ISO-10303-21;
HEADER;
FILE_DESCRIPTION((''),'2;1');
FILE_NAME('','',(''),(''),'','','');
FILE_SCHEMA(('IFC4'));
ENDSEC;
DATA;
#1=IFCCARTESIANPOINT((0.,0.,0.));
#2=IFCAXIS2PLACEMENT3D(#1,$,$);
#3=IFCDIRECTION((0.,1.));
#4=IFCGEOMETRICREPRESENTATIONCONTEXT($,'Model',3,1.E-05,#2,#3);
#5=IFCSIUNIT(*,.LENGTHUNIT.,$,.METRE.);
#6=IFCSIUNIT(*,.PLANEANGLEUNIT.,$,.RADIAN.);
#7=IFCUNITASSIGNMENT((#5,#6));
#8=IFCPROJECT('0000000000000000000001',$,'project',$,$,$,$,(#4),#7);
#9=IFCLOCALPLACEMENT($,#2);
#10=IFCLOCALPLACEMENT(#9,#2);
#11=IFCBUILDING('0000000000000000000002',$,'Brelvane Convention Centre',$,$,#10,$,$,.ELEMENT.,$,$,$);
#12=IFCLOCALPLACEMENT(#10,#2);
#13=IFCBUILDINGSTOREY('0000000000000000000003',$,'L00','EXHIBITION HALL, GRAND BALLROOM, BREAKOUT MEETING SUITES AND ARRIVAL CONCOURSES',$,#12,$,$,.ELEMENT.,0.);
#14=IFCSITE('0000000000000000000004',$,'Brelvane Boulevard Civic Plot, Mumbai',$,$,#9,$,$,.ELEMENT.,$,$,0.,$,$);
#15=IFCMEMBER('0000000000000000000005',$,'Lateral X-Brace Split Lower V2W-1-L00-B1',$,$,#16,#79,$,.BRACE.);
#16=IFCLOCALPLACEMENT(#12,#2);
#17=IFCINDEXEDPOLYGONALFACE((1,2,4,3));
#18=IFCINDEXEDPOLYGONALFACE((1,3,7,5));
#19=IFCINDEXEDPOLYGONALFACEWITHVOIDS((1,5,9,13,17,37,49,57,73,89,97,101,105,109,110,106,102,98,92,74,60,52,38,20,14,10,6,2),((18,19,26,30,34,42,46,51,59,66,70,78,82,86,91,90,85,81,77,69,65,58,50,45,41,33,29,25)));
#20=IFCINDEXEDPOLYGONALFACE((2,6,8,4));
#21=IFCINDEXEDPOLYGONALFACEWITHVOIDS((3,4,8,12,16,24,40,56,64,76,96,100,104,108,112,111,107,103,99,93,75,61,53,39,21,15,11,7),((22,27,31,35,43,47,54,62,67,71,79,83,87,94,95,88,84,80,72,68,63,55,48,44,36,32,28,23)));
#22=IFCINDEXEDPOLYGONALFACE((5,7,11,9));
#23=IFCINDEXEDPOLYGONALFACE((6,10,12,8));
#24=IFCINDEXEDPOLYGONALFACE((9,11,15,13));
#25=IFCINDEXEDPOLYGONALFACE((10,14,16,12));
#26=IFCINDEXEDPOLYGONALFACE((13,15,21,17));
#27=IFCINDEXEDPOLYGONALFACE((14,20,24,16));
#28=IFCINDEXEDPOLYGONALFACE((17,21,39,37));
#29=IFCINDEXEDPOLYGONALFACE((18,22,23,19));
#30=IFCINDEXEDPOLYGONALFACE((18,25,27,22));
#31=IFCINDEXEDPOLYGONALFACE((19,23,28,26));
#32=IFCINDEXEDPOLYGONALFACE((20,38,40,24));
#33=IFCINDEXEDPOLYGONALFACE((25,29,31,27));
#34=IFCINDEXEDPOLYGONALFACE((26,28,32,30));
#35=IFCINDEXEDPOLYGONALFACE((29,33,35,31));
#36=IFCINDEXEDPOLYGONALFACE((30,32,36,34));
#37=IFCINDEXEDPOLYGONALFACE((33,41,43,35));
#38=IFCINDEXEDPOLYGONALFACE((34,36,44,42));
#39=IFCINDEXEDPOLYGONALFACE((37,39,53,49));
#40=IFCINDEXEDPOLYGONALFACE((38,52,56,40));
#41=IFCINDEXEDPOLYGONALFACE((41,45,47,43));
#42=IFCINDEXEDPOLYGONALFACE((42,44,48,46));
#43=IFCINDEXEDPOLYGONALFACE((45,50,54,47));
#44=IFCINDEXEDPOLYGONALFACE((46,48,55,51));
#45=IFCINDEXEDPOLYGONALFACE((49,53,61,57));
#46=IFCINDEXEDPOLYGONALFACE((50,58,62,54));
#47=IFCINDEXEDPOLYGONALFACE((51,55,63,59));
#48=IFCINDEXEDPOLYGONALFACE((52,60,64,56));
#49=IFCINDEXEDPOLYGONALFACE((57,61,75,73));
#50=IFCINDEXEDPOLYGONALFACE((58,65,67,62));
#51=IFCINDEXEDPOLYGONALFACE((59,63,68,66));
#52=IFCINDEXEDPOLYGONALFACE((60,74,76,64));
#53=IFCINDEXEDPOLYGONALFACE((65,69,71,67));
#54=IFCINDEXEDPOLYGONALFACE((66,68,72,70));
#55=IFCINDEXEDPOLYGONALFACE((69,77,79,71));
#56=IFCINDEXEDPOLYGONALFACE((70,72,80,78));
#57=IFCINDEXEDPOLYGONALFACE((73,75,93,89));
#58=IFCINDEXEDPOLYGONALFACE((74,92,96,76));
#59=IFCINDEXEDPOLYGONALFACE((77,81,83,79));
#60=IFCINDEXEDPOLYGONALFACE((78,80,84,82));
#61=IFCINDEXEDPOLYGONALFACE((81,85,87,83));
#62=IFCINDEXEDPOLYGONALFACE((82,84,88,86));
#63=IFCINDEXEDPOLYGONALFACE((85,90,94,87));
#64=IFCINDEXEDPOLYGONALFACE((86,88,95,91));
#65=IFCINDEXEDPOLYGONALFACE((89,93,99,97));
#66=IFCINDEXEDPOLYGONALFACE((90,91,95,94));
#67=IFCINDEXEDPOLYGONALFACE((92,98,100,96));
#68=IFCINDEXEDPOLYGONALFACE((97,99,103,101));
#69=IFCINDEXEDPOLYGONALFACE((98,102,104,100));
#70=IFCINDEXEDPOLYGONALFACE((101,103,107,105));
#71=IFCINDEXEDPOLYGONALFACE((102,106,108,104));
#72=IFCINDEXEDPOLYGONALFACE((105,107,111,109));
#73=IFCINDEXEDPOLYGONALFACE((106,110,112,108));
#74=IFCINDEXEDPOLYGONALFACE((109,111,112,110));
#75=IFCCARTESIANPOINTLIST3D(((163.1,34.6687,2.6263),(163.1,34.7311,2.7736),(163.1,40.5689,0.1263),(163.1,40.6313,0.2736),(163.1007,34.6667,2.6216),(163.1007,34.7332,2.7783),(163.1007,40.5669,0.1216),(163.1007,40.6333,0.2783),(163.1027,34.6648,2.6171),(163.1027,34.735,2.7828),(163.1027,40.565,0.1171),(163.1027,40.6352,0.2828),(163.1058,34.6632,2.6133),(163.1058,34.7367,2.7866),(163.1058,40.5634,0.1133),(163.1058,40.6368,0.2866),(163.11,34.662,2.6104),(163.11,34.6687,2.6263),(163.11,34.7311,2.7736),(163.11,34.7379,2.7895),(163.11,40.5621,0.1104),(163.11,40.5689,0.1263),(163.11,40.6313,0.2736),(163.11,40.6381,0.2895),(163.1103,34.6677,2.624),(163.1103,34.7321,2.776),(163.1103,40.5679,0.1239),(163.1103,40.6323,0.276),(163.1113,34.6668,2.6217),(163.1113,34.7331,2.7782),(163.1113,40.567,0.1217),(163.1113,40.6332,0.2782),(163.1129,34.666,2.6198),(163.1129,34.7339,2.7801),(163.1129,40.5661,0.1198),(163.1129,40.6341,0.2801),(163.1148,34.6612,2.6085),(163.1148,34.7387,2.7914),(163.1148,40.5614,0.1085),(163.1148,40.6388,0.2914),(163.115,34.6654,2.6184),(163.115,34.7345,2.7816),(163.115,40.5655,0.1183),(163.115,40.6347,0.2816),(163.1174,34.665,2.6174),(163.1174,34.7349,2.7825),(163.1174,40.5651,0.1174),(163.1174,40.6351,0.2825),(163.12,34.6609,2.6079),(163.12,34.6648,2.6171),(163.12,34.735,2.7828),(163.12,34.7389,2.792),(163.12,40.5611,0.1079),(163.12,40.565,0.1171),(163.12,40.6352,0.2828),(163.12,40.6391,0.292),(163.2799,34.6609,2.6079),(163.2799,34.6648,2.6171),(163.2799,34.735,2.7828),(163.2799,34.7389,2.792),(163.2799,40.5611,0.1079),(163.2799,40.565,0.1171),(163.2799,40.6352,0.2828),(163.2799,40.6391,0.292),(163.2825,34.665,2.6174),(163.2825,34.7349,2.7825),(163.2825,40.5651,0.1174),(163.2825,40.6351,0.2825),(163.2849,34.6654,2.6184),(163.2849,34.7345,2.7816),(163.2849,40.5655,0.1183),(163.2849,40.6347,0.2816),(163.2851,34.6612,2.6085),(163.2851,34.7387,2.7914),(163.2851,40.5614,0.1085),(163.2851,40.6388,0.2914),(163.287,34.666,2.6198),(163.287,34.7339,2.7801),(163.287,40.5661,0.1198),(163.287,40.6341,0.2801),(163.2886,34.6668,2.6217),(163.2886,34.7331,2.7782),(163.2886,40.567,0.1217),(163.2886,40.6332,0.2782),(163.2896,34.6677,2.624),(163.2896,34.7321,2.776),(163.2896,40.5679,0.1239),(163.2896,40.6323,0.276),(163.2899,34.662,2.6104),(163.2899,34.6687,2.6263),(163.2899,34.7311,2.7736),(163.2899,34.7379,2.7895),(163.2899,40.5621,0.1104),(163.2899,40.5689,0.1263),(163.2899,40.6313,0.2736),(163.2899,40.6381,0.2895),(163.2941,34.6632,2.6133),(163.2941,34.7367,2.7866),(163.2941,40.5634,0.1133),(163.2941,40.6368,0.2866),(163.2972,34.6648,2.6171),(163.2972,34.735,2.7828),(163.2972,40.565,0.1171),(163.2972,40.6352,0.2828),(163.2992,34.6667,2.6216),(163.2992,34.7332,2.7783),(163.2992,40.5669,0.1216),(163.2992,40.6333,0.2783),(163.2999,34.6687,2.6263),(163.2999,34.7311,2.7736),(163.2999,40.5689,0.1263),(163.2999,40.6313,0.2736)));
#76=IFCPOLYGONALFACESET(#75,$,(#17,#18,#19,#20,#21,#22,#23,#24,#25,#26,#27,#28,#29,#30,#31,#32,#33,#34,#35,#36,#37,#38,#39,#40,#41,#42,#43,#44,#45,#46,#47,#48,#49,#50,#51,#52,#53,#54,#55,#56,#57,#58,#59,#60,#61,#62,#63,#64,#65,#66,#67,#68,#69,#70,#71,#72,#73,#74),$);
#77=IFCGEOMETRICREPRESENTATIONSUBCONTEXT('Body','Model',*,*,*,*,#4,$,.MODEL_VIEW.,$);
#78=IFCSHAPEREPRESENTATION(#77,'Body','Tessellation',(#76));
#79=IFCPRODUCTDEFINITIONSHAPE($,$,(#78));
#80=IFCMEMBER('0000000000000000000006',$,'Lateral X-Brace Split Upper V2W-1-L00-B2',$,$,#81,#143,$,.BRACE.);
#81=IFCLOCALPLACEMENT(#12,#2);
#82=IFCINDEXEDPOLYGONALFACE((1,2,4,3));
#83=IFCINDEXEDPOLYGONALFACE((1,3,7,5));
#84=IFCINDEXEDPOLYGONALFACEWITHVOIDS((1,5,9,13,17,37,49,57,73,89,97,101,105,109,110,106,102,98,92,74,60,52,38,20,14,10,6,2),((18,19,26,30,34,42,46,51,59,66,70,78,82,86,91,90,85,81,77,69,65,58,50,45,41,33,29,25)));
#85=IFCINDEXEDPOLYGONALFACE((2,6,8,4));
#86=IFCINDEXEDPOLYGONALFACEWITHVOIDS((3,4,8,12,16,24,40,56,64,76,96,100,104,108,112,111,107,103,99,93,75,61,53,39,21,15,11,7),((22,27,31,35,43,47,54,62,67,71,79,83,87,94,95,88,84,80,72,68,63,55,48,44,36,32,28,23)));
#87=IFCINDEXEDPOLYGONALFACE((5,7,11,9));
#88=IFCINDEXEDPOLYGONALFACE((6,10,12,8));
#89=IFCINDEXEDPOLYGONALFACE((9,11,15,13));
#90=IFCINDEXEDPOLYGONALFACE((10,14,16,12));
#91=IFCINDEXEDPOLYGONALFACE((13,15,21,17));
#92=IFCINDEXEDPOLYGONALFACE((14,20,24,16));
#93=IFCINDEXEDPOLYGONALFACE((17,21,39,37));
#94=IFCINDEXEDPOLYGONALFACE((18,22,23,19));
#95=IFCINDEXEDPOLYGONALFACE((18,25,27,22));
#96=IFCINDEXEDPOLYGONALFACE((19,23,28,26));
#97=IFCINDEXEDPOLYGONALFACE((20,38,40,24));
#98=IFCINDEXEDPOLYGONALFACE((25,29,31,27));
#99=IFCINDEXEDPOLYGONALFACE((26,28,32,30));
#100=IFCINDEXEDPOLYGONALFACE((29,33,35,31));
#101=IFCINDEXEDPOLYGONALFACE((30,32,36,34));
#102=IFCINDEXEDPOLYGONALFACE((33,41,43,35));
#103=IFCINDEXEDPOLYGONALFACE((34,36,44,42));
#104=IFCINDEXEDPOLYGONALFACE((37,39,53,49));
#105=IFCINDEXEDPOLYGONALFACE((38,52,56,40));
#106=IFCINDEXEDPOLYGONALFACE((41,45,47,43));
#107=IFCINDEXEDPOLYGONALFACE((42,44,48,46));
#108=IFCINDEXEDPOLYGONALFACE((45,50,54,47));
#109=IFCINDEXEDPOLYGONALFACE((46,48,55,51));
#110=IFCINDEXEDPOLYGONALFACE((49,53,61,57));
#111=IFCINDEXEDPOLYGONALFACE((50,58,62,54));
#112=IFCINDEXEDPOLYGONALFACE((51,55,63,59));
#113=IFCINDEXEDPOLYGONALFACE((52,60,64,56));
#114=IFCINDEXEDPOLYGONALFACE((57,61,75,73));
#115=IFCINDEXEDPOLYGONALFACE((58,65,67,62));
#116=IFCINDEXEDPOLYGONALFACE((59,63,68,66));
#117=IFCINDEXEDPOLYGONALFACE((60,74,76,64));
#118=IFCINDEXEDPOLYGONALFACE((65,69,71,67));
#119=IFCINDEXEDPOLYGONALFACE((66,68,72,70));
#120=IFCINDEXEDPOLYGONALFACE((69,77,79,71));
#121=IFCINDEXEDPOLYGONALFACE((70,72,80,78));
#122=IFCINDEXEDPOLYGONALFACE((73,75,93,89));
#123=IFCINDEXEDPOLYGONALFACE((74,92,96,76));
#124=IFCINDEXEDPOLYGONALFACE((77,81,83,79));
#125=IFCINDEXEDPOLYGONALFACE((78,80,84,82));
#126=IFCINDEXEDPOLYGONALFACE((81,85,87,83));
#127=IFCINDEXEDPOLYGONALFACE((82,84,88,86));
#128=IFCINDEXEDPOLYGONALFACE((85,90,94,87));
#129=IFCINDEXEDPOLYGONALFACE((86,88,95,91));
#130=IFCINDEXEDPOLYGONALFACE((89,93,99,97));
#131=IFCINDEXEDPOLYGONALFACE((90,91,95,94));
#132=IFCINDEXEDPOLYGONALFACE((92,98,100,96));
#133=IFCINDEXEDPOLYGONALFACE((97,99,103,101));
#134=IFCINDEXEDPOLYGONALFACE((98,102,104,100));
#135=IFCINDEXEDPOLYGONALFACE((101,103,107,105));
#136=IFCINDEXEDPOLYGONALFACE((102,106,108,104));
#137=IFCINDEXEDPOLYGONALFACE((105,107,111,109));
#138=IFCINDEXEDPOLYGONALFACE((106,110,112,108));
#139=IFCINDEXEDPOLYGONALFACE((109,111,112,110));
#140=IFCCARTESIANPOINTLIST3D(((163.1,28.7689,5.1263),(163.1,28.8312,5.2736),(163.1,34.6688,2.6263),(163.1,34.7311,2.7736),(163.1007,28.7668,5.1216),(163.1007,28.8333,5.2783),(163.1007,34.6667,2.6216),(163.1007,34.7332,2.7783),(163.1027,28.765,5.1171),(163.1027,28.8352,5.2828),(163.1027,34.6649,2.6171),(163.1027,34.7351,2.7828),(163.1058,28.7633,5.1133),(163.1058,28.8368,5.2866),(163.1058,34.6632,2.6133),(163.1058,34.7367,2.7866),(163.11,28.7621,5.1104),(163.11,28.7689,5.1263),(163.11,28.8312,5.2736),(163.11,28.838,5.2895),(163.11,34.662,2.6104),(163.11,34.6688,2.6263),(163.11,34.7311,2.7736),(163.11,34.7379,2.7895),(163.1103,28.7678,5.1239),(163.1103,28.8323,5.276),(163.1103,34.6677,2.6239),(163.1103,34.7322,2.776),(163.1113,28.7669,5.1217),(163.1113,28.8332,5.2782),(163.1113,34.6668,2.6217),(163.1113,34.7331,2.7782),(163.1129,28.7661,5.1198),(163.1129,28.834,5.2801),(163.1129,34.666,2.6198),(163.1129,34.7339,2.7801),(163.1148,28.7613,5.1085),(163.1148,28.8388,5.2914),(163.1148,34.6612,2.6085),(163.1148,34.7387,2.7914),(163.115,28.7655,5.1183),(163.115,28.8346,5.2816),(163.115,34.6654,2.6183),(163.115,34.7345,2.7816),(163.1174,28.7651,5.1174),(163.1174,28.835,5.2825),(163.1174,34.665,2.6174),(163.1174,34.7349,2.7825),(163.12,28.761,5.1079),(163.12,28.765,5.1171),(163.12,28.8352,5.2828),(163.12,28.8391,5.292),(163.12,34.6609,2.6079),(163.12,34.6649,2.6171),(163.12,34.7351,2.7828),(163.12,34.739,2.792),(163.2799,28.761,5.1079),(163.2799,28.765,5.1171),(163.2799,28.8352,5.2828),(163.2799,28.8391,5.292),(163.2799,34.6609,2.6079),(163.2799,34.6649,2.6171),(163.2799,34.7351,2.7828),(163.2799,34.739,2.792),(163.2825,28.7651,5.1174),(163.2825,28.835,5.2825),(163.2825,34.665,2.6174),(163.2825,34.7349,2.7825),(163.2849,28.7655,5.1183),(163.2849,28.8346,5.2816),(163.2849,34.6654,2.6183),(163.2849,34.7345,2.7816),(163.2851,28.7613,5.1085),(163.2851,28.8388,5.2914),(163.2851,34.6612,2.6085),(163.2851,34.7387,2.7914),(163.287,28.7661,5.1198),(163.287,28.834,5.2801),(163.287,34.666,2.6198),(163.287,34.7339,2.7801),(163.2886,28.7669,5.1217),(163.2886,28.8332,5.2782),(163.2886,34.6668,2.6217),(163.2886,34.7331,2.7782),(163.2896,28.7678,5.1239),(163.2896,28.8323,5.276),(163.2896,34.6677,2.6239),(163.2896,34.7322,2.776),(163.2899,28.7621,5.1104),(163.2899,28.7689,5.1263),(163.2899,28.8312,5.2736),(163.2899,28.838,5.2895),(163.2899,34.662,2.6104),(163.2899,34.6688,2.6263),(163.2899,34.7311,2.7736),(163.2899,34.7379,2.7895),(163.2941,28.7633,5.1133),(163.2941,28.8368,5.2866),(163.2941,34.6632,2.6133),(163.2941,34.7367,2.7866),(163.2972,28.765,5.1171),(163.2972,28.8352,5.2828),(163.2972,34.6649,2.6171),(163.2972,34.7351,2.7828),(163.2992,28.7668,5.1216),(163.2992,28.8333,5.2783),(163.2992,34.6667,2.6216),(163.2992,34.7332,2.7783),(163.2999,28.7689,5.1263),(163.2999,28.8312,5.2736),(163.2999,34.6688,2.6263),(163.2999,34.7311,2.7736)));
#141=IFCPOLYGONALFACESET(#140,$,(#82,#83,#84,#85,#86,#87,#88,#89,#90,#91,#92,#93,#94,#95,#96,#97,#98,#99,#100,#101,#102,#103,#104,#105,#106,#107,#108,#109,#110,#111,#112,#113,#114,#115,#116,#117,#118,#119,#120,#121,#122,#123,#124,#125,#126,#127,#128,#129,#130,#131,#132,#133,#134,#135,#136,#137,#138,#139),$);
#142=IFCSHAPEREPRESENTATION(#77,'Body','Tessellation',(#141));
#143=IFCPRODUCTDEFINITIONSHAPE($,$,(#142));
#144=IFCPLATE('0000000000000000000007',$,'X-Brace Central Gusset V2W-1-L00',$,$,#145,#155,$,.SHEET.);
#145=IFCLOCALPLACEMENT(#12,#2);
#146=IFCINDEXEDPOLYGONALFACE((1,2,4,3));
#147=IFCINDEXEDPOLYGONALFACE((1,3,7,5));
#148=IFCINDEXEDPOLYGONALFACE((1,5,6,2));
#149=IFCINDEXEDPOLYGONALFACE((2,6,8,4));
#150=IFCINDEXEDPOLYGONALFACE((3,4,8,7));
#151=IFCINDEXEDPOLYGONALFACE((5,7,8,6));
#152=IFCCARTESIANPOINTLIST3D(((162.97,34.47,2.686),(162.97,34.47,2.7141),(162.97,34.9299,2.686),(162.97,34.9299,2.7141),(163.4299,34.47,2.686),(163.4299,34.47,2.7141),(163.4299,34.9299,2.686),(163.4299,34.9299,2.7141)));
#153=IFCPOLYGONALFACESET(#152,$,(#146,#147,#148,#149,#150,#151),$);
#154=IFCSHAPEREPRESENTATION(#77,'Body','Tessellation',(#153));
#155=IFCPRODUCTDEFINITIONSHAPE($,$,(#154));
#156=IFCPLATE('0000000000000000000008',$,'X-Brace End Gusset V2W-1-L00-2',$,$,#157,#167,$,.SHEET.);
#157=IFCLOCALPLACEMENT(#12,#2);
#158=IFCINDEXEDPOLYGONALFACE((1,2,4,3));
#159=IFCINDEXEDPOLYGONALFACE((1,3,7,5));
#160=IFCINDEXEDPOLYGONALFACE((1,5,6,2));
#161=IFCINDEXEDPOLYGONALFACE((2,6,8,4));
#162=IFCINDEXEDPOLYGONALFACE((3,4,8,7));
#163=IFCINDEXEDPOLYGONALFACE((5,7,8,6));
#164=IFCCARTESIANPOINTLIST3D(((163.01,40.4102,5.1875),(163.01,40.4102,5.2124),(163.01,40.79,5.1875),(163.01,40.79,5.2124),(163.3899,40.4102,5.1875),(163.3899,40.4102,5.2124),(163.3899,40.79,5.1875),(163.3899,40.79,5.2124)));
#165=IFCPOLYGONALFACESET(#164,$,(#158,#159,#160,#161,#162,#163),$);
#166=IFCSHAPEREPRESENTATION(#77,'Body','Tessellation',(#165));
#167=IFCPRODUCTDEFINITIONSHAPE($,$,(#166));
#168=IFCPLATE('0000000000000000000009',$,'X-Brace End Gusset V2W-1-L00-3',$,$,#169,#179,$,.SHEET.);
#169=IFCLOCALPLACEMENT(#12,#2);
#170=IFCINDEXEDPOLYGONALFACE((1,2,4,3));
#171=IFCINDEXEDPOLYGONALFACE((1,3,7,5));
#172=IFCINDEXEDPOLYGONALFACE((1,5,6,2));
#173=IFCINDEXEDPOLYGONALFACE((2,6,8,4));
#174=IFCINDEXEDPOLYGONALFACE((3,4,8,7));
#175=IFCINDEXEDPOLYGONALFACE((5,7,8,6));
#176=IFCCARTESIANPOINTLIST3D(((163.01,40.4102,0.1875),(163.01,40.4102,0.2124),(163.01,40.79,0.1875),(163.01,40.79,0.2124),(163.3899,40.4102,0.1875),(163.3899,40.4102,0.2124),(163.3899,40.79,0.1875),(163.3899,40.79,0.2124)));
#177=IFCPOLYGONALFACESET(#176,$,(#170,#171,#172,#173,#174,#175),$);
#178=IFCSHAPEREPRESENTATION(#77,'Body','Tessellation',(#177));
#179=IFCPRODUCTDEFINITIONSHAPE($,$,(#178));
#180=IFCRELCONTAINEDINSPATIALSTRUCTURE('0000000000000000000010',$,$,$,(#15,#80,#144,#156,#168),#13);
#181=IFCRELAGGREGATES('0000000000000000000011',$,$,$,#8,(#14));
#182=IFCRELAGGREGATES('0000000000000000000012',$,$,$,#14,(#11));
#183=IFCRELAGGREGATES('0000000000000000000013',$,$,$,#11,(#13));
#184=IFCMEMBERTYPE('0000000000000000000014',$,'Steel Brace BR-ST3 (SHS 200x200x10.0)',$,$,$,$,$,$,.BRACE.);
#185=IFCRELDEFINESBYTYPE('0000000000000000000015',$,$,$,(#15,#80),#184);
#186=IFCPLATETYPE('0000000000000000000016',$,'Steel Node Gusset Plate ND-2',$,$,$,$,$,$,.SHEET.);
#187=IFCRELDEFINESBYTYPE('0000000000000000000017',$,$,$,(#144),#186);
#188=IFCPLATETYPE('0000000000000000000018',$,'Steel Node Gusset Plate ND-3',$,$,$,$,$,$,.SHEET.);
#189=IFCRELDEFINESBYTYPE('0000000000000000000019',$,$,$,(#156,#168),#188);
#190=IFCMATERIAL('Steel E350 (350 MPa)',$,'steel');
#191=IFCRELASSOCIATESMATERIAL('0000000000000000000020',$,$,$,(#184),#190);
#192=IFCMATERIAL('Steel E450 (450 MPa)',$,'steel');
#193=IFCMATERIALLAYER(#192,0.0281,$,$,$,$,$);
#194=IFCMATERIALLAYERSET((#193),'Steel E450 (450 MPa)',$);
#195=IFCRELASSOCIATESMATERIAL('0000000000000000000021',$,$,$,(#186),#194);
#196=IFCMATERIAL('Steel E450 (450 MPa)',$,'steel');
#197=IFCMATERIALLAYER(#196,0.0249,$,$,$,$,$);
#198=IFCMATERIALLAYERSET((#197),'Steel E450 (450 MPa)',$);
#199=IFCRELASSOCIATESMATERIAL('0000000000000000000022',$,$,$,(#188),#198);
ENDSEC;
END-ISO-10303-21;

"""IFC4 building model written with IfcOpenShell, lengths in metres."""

from ifc_helpers import new_model, si_unit, direction, frame, origin, origin_2d, place, context, subcontext, project, spatial, rectangle, hollow_rectangle, extrude, material, layer, layer_set, material_profile, profile_set, type_object, element, save


model = new_model("IFC4")

# Units and contexts
model_context = context("Model", 3, precision=1e-05, world=origin(), true_north=direction((0.0, 1.0)))
body_context = subcontext(model_context, "Body", "Model", "MODEL_VIEW")
ifc_project = project(units=[si_unit("LENGTHUNIT", "METRE"), si_unit("PLANEANGLEUNIT", "RADIAN")], contexts=[model_context])

# Site, building, storey
site_placement = place(None, origin())
site = spatial("IfcSite", under=ifc_project, at=site_placement, Name="Brelvane Boulevard Civic Plot, Mumbai", CompositionType="ELEMENT", RefElevation=0.0)
building_placement = place(site_placement, origin())
building = spatial("IfcBuilding", under=site, at=building_placement, Name="Brelvane Convention Centre", CompositionType="ELEMENT")
storey_placement = place(building_placement, origin())
storey = spatial("IfcBuildingStorey", under=building, at=storey_placement, Name="L00", Description="EXHIBITION HALL, GRAND BALLROOM, BREAKOUT MEETING SUITES AND ARRIVAL CONCOURSES", CompositionType="ELEMENT", Elevation=0.0)

# Members
ifc_material_1 = material(Name="Steel E350 (350 MPa)", Category="steel")
ifc_material_profile_1 = material_profile(ifc_material_1, hollow_rectangle(XDim=0.2, YDim=0.2, WallThickness=0.01, InnerFilletRadius=0.01, OuterFilletRadius=0.02, at=origin_2d()), Name="SHS 200x200x10.0")
ifc_profile_set_1 = profile_set([ifc_material_profile_1], Name="Steel E350 (350 MPa)")
member_type = type_object("IfcMemberType", Name="Steel Brace BR-ST3 (SHS 200x200x10.0)", PredefinedType="BRACE", material=ifc_profile_set_1)
member_1_placement = place(storey_placement, frame((163.2, 40.6001, 0.2), z_axis=(0.0, -0.920755, 0.390141), x_axis=(1.0, 0.0, 0.0)))
element("IfcMember", 1, at=member_1_placement, inside=storey, type_object=member_type, Name="Lateral X-Brace Split Lower V2W-1-L00-B1", PredefinedType="BRACE", context=body_context, shape_type="SweptSolid", body=[
    extrude(hollow_rectangle(XDim=0.2, YDim=0.2, WallThickness=0.01, InnerFilletRadius=0.01, OuterFilletRadius=0.02, at=origin_2d()), origin(), (0.0, 0.0, 1.0), 6.408),
])
member_2_placement = place(storey_placement, frame((163.2, 34.7, 2.7), z_axis=(0.0, -0.920749, 0.390155), x_axis=(1.0, 0.0, 0.0)))
element("IfcMember", 2, at=member_2_placement, inside=storey, type_object=member_type, Name="Lateral X-Brace Split Upper V2W-1-L00-B2", PredefinedType="BRACE", context=body_context, shape_type="SweptSolid", body=[
    extrude(hollow_rectangle(XDim=0.2, YDim=0.2, WallThickness=0.01, InnerFilletRadius=0.01, OuterFilletRadius=0.02, at=origin_2d()), origin(), (0.0, 0.0, 1.0), 6.4077),
])

# Plates
ifc_material_2 = material(Name="Steel E450 (450 MPa)", Category="steel")
ifc_layer_1 = layer(ifc_material_2, 0.0281)
ifc_layer_set_1 = layer_set([ifc_layer_1], Name="Steel E450 (450 MPa)")
plate_type_1 = type_object("IfcPlateType", Name="Steel Node Gusset Plate ND-2", PredefinedType="SHEET", material=ifc_layer_set_1)
plate_placement = place(storey_placement, frame((163.2, 34.7, 2.686), z_axis=(0.0, 0.0, 1.0), x_axis=(1.0, 0.0, 0.0)))
element("IfcPlate", 3, at=plate_placement, inside=storey, type_object=plate_type_1, Name="X-Brace Central Gusset V2W-1-L00", PredefinedType="SHEET", context=body_context, shape_type="SweptSolid", body=[
    extrude(rectangle(XDim=0.46, YDim=0.46, at=origin_2d()), origin(), (0.0, 0.0, 1.0), 0.0281),
])
ifc_material_3 = material(Name="Steel E450 (450 MPa)", Category="steel")
ifc_layer_2 = layer(ifc_material_3, 0.0249)
ifc_layer_set_2 = layer_set([ifc_layer_2], Name="Steel E450 (450 MPa)")
plate_type_2 = type_object("IfcPlateType", Name="Steel Node Gusset Plate ND-3", PredefinedType="SHEET", material=ifc_layer_set_2)
for number, where, z_axis, x_axis, name in (
    (4, (163.2, 40.6001, 5.1875), (0.0, 0.0, 1.0), (1.0, 0.0, 0.0), "X-Brace End Gusset V2W-1-L00-2"),
    (5, (163.2, 40.6001, 0.1875), (0.0, 0.0, 1.0), (1.0, 0.0, 0.0), "X-Brace End Gusset V2W-1-L00-3"),
):
    element("IfcPlate", number, at=place(storey_placement, frame(where, z_axis=z_axis, x_axis=x_axis)), inside=storey, type_object=plate_type_2, Name=name, PredefinedType="SHEET", context=body_context, shape_type="SweptSolid", body=[
        extrude(rectangle(XDim=0.3799, YDim=0.3799, at=origin_2d()), origin(), (0.0, 0.0, 1.0), 0.0249),
    ])

save(model, "model.ifc")
